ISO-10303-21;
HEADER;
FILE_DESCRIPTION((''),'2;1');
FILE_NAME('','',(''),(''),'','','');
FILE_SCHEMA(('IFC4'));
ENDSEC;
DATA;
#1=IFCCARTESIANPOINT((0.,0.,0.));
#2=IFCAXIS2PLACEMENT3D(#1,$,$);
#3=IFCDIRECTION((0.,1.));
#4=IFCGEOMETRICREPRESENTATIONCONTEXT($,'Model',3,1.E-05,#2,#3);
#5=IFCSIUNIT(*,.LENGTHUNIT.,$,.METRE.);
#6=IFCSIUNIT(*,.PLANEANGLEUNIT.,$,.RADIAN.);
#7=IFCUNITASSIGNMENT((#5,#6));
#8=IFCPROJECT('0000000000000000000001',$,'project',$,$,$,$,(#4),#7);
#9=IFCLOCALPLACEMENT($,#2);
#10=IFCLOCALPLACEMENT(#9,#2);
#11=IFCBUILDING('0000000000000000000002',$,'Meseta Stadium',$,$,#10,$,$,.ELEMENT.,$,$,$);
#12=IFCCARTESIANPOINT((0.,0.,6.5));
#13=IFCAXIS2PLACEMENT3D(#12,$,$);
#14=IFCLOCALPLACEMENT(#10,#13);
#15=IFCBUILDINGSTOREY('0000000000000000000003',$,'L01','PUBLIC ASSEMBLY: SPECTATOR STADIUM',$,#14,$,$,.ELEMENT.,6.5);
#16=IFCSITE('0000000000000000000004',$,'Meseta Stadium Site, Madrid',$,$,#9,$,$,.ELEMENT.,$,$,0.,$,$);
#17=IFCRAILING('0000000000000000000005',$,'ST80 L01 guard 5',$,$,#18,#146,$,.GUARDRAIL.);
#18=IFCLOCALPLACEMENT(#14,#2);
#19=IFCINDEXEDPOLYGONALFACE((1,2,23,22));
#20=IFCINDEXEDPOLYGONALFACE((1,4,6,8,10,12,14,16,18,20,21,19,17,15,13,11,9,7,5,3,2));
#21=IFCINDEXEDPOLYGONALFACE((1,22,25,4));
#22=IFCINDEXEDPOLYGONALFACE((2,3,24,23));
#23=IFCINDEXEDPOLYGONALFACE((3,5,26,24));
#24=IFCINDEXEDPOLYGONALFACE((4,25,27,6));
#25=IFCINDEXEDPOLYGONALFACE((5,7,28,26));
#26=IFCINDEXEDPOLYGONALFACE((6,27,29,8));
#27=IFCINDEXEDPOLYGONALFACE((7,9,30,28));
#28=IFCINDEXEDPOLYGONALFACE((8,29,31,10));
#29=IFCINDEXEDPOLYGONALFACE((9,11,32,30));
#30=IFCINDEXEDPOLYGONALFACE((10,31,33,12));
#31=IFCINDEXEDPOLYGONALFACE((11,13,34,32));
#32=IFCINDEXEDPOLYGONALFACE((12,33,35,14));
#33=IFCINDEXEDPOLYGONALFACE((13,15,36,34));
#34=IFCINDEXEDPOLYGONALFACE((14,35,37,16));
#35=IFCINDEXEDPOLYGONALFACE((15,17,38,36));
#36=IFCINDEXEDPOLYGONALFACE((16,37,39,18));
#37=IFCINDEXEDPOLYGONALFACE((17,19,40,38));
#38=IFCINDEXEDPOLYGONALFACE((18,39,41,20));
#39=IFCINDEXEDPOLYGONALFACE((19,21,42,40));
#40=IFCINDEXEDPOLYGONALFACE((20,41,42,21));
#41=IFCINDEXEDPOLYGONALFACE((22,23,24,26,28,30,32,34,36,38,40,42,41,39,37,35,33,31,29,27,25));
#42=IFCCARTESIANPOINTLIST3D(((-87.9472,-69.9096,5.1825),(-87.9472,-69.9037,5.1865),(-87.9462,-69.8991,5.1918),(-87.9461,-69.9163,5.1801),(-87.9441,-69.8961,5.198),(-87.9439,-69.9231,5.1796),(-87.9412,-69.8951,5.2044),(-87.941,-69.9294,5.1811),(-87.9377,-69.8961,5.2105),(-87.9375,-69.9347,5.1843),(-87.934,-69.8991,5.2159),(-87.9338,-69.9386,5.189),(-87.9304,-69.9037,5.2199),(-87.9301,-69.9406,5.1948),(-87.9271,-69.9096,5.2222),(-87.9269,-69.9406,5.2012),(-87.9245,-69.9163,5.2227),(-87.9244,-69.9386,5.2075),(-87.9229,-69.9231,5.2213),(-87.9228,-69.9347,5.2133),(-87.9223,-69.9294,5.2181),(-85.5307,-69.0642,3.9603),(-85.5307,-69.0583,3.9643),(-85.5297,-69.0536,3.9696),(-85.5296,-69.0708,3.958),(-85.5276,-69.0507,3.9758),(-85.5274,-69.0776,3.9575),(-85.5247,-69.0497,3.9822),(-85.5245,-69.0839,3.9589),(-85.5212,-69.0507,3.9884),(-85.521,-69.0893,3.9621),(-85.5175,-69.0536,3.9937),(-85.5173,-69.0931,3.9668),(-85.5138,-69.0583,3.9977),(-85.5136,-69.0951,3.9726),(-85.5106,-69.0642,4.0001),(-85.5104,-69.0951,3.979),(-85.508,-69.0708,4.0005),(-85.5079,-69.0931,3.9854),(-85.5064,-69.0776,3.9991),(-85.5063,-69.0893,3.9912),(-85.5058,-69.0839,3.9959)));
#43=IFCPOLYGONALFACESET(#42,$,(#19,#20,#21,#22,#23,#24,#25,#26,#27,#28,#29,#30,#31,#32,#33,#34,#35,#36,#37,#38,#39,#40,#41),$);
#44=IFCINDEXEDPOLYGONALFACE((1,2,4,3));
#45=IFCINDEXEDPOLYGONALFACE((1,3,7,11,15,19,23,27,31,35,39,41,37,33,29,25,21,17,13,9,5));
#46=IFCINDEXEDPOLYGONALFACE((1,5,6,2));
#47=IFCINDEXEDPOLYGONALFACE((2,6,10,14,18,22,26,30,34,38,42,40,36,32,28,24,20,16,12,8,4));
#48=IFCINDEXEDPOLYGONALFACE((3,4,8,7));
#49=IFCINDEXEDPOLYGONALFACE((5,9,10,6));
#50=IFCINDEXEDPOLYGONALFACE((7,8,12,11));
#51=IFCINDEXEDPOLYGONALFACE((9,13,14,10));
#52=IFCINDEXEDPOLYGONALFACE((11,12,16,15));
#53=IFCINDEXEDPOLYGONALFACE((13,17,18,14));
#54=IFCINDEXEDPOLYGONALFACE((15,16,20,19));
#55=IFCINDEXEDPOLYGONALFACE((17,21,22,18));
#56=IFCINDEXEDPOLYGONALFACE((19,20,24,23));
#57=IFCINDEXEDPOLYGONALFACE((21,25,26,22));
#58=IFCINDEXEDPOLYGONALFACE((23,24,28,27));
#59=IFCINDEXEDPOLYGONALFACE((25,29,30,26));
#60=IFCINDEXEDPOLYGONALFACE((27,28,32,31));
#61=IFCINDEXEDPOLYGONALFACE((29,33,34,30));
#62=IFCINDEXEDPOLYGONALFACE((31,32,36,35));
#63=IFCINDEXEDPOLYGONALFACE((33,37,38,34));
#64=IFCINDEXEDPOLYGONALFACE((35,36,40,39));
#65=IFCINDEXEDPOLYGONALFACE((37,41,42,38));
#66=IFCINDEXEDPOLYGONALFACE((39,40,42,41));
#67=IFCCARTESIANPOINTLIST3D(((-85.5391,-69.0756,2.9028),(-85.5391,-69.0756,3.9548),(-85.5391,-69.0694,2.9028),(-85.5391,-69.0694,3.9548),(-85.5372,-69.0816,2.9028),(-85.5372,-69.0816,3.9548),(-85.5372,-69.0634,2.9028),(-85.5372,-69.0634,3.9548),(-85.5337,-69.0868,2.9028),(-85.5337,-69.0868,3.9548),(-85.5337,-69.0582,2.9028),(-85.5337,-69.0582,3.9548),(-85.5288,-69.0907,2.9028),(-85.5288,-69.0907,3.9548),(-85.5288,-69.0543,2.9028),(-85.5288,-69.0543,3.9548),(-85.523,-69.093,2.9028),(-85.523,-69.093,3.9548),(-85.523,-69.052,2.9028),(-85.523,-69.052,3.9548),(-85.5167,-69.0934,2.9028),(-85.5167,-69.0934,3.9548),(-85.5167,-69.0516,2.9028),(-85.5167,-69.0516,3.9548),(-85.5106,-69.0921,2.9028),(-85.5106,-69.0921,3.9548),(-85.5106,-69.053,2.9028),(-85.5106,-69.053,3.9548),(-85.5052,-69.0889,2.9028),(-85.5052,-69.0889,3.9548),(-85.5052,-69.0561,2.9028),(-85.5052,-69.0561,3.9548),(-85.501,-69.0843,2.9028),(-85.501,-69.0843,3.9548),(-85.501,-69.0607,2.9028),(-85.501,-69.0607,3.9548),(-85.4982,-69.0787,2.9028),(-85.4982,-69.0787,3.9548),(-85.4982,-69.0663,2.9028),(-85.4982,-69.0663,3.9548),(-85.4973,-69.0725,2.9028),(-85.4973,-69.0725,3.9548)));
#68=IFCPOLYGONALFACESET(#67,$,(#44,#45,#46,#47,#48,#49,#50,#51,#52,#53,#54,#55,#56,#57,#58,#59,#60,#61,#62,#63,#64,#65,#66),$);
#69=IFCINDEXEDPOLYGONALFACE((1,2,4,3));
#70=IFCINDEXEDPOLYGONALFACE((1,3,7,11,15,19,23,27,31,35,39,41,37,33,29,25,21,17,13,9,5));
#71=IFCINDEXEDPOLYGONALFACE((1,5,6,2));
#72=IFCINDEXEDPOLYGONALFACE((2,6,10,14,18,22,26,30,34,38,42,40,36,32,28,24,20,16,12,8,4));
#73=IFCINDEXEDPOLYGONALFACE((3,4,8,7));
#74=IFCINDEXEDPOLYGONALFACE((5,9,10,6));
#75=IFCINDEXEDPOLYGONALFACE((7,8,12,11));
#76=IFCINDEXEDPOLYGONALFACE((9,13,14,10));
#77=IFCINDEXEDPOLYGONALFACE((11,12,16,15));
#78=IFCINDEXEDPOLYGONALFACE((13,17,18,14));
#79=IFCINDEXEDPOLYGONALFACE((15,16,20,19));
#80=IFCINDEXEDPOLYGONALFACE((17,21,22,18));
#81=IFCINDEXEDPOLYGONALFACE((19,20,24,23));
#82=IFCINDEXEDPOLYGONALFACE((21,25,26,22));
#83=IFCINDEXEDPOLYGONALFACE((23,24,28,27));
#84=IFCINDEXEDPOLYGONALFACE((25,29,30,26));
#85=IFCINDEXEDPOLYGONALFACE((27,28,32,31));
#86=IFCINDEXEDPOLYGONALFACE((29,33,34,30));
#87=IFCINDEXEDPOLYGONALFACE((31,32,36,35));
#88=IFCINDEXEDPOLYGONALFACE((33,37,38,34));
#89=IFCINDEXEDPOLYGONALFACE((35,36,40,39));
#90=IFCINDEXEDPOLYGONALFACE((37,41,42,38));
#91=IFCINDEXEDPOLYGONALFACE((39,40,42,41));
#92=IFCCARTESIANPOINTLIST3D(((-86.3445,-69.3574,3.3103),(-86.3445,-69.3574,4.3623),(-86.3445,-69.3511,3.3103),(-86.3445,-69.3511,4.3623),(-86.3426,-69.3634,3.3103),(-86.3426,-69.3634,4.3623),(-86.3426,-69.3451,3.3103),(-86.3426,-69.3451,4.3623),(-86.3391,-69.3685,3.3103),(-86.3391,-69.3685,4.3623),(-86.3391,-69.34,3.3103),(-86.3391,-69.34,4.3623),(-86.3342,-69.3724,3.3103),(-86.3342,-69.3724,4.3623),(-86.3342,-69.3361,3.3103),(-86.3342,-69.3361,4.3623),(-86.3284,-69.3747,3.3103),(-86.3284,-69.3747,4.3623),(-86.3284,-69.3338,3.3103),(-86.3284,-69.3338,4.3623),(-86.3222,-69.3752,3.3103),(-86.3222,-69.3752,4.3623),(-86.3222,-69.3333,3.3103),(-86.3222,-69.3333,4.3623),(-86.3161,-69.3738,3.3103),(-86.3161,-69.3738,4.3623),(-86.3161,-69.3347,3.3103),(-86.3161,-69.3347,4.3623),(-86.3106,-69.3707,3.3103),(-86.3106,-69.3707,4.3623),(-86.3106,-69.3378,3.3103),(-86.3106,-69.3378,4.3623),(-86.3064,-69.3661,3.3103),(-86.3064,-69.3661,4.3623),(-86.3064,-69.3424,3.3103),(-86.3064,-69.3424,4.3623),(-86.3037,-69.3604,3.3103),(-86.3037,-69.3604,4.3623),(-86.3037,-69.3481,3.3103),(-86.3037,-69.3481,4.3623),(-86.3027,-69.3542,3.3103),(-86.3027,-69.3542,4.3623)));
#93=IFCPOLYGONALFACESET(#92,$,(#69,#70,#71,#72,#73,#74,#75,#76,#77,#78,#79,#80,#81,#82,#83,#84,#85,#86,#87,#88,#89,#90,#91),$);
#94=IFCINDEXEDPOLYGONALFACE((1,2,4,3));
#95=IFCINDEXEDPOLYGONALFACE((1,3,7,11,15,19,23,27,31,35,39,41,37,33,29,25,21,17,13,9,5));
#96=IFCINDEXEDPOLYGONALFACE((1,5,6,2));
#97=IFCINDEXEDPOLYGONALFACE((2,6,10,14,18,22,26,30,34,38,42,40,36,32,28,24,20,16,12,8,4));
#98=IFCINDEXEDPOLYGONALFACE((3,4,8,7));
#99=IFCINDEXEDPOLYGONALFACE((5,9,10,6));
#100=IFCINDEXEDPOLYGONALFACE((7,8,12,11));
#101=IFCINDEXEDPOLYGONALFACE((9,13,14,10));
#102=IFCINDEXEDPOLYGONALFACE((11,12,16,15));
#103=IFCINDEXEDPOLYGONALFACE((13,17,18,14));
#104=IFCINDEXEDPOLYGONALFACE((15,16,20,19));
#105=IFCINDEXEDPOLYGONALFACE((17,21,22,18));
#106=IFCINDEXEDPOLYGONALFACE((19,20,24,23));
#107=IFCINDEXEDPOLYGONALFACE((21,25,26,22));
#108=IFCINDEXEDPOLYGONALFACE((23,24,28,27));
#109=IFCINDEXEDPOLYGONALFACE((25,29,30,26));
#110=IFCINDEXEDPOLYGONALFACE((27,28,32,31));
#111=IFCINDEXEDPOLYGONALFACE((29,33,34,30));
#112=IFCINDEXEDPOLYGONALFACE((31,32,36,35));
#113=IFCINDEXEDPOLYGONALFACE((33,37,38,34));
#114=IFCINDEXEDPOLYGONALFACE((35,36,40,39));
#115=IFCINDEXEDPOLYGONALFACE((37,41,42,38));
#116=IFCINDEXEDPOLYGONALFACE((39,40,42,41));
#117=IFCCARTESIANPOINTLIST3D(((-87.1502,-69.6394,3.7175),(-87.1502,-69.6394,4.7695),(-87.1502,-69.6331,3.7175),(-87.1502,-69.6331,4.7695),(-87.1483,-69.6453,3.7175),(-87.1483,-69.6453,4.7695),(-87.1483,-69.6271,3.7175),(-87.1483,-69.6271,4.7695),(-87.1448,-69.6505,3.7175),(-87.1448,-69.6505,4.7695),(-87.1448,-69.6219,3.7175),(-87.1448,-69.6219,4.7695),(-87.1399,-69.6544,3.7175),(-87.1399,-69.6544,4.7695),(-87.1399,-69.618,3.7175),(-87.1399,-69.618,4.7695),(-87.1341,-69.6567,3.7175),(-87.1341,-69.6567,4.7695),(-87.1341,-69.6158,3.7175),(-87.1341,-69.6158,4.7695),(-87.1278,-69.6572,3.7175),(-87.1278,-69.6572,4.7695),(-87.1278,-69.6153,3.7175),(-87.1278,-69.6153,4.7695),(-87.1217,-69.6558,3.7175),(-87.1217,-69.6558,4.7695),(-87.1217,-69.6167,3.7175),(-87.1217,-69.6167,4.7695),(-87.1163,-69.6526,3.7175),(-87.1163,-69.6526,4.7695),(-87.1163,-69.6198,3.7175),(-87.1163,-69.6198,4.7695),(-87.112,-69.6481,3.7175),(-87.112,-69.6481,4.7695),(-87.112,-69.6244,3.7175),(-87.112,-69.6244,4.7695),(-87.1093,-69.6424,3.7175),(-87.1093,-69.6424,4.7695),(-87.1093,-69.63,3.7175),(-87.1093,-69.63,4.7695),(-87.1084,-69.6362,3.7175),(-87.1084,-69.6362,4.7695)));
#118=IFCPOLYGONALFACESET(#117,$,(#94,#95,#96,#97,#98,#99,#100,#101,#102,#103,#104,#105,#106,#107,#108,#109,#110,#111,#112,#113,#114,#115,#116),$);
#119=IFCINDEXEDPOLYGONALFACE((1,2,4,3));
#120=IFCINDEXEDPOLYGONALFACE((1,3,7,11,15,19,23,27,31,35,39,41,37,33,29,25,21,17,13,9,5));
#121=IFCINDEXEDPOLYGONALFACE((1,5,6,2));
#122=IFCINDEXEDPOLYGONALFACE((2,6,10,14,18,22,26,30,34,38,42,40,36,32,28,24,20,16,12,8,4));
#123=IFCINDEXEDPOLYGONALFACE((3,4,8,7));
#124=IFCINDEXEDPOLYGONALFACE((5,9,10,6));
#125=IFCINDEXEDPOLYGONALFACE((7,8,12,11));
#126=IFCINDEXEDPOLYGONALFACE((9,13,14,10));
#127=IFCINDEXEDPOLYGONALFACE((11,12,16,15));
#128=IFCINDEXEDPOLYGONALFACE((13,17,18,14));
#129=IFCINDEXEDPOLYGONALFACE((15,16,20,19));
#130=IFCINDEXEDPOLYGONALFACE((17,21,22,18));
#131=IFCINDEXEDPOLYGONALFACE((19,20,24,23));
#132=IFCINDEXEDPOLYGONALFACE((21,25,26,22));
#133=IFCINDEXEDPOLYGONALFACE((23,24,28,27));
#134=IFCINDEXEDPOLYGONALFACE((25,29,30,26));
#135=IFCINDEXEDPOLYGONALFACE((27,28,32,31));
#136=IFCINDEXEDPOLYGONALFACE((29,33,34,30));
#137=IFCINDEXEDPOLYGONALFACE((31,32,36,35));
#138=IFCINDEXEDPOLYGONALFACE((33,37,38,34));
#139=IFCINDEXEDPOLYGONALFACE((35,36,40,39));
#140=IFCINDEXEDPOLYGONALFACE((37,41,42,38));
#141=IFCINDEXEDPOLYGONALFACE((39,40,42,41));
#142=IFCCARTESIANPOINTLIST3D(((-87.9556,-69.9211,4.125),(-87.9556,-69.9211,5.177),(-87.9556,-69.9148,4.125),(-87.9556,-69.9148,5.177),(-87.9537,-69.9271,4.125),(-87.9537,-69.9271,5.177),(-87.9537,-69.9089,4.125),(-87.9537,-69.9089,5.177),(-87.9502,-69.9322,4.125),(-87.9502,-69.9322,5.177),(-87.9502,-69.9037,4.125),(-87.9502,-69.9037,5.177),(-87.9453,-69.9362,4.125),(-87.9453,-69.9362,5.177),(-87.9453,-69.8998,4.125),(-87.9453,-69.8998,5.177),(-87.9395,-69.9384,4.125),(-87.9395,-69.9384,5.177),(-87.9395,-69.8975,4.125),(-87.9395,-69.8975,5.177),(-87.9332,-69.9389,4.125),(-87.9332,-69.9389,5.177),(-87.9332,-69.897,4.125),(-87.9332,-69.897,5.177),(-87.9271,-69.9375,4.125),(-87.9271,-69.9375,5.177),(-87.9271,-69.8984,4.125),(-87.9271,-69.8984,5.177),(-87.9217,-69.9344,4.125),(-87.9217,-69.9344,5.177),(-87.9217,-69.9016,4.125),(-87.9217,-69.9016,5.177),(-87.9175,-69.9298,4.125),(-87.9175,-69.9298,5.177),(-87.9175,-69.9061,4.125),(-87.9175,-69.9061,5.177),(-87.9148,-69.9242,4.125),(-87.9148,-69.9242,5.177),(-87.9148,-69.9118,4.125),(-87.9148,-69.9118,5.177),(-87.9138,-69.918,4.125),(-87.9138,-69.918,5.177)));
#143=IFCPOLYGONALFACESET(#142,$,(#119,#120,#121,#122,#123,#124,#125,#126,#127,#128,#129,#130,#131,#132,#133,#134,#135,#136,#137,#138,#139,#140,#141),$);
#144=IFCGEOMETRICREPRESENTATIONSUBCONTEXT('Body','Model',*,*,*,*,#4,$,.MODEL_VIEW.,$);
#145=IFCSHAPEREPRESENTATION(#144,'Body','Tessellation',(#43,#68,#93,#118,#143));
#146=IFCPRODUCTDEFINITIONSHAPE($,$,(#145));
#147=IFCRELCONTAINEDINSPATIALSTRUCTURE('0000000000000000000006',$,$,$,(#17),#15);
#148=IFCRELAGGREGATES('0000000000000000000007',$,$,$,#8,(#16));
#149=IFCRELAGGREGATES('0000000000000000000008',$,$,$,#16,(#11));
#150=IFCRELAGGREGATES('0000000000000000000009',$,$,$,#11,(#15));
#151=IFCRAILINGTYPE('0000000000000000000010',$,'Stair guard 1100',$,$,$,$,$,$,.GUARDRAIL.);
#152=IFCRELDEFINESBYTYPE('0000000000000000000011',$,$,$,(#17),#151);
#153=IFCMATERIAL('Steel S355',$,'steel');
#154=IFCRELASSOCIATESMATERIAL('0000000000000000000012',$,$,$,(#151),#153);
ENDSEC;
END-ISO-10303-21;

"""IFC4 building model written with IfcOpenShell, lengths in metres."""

from ifc_helpers import new_model, si_unit, direction, frame, origin, origin_2d, place, context, subcontext, project, spatial, circle, extrude, material, type_object, element, save


model = new_model("IFC4")

# Units and contexts
model_context = context("Model", 3, precision=1e-05, world=origin(), true_north=direction((0.0, 1.0)))
body_context = subcontext(model_context, "Body", "Model", "MODEL_VIEW")
ifc_project = project(units=[si_unit("LENGTHUNIT", "METRE"), si_unit("PLANEANGLEUNIT", "RADIAN")], contexts=[model_context])

# Site, building, storey
site_placement = place(None, origin())
site = spatial("IfcSite", under=ifc_project, at=site_placement, Name="Meseta Stadium Site, Madrid", CompositionType="ELEMENT", RefElevation=0.0)
building_placement = place(site_placement, origin())
building = spatial("IfcBuilding", under=site, at=building_placement, Name="Meseta Stadium", CompositionType="ELEMENT")
storey_placement = place(building_placement, frame((0.0, 0.0, 6.5)))
storey = spatial("IfcBuildingStorey", under=building, at=storey_placement, Name="L01", Description="PUBLIC ASSEMBLY: SPECTATOR STADIUM", CompositionType="ELEMENT", Elevation=6.5)

# Railing
ifc_material_1 = material(Name="Steel S355", Category="steel")
railing_type_1 = type_object("IfcRailingType", Name="Stair guard 1100", PredefinedType="GUARDRAIL", material=ifc_material_1)
railing_1_placement = place(storey_placement, frame((-85.5183, -69.0725, 2.9028)))
element("IfcRailing", 1, at=railing_1_placement, inside=storey, type_object=railing_type_1, Name="ST80 L01 guard 5", PredefinedType="GUARDRAIL", context=body_context, shape_type="SweptSolid", body=[
    extrude(circle(Radius=0.0239, at=origin_2d()), frame((0.0, 0.0, 1.0762), z_axis=(-0.851812, -0.298022, 0.430811), x_axis=(0.33024, -0.943897, 0.0)), (0.0, 0.0, 1.0), 2.8369),
    extrude(circle(Radius=0.021, at=origin_2d()), origin(), (0.0, 0.0, 1.0), 1.052),
    extrude(circle(Radius=0.021, at=origin_2d()), frame((-0.8054, -0.2817, 0.4075)), (0.0, 0.0, 1.0), 1.052),
    extrude(circle(Radius=0.021, at=origin_2d()), frame((-1.6111, -0.5637, 0.8147)), (0.0, 0.0, 1.0), 1.052),
    extrude(circle(Radius=0.021, at=origin_2d()), frame((-2.4165, -0.8455, 1.2222)), (0.0, 0.0, 1.0), 1.052),
])

save(model, "model.ifc")
